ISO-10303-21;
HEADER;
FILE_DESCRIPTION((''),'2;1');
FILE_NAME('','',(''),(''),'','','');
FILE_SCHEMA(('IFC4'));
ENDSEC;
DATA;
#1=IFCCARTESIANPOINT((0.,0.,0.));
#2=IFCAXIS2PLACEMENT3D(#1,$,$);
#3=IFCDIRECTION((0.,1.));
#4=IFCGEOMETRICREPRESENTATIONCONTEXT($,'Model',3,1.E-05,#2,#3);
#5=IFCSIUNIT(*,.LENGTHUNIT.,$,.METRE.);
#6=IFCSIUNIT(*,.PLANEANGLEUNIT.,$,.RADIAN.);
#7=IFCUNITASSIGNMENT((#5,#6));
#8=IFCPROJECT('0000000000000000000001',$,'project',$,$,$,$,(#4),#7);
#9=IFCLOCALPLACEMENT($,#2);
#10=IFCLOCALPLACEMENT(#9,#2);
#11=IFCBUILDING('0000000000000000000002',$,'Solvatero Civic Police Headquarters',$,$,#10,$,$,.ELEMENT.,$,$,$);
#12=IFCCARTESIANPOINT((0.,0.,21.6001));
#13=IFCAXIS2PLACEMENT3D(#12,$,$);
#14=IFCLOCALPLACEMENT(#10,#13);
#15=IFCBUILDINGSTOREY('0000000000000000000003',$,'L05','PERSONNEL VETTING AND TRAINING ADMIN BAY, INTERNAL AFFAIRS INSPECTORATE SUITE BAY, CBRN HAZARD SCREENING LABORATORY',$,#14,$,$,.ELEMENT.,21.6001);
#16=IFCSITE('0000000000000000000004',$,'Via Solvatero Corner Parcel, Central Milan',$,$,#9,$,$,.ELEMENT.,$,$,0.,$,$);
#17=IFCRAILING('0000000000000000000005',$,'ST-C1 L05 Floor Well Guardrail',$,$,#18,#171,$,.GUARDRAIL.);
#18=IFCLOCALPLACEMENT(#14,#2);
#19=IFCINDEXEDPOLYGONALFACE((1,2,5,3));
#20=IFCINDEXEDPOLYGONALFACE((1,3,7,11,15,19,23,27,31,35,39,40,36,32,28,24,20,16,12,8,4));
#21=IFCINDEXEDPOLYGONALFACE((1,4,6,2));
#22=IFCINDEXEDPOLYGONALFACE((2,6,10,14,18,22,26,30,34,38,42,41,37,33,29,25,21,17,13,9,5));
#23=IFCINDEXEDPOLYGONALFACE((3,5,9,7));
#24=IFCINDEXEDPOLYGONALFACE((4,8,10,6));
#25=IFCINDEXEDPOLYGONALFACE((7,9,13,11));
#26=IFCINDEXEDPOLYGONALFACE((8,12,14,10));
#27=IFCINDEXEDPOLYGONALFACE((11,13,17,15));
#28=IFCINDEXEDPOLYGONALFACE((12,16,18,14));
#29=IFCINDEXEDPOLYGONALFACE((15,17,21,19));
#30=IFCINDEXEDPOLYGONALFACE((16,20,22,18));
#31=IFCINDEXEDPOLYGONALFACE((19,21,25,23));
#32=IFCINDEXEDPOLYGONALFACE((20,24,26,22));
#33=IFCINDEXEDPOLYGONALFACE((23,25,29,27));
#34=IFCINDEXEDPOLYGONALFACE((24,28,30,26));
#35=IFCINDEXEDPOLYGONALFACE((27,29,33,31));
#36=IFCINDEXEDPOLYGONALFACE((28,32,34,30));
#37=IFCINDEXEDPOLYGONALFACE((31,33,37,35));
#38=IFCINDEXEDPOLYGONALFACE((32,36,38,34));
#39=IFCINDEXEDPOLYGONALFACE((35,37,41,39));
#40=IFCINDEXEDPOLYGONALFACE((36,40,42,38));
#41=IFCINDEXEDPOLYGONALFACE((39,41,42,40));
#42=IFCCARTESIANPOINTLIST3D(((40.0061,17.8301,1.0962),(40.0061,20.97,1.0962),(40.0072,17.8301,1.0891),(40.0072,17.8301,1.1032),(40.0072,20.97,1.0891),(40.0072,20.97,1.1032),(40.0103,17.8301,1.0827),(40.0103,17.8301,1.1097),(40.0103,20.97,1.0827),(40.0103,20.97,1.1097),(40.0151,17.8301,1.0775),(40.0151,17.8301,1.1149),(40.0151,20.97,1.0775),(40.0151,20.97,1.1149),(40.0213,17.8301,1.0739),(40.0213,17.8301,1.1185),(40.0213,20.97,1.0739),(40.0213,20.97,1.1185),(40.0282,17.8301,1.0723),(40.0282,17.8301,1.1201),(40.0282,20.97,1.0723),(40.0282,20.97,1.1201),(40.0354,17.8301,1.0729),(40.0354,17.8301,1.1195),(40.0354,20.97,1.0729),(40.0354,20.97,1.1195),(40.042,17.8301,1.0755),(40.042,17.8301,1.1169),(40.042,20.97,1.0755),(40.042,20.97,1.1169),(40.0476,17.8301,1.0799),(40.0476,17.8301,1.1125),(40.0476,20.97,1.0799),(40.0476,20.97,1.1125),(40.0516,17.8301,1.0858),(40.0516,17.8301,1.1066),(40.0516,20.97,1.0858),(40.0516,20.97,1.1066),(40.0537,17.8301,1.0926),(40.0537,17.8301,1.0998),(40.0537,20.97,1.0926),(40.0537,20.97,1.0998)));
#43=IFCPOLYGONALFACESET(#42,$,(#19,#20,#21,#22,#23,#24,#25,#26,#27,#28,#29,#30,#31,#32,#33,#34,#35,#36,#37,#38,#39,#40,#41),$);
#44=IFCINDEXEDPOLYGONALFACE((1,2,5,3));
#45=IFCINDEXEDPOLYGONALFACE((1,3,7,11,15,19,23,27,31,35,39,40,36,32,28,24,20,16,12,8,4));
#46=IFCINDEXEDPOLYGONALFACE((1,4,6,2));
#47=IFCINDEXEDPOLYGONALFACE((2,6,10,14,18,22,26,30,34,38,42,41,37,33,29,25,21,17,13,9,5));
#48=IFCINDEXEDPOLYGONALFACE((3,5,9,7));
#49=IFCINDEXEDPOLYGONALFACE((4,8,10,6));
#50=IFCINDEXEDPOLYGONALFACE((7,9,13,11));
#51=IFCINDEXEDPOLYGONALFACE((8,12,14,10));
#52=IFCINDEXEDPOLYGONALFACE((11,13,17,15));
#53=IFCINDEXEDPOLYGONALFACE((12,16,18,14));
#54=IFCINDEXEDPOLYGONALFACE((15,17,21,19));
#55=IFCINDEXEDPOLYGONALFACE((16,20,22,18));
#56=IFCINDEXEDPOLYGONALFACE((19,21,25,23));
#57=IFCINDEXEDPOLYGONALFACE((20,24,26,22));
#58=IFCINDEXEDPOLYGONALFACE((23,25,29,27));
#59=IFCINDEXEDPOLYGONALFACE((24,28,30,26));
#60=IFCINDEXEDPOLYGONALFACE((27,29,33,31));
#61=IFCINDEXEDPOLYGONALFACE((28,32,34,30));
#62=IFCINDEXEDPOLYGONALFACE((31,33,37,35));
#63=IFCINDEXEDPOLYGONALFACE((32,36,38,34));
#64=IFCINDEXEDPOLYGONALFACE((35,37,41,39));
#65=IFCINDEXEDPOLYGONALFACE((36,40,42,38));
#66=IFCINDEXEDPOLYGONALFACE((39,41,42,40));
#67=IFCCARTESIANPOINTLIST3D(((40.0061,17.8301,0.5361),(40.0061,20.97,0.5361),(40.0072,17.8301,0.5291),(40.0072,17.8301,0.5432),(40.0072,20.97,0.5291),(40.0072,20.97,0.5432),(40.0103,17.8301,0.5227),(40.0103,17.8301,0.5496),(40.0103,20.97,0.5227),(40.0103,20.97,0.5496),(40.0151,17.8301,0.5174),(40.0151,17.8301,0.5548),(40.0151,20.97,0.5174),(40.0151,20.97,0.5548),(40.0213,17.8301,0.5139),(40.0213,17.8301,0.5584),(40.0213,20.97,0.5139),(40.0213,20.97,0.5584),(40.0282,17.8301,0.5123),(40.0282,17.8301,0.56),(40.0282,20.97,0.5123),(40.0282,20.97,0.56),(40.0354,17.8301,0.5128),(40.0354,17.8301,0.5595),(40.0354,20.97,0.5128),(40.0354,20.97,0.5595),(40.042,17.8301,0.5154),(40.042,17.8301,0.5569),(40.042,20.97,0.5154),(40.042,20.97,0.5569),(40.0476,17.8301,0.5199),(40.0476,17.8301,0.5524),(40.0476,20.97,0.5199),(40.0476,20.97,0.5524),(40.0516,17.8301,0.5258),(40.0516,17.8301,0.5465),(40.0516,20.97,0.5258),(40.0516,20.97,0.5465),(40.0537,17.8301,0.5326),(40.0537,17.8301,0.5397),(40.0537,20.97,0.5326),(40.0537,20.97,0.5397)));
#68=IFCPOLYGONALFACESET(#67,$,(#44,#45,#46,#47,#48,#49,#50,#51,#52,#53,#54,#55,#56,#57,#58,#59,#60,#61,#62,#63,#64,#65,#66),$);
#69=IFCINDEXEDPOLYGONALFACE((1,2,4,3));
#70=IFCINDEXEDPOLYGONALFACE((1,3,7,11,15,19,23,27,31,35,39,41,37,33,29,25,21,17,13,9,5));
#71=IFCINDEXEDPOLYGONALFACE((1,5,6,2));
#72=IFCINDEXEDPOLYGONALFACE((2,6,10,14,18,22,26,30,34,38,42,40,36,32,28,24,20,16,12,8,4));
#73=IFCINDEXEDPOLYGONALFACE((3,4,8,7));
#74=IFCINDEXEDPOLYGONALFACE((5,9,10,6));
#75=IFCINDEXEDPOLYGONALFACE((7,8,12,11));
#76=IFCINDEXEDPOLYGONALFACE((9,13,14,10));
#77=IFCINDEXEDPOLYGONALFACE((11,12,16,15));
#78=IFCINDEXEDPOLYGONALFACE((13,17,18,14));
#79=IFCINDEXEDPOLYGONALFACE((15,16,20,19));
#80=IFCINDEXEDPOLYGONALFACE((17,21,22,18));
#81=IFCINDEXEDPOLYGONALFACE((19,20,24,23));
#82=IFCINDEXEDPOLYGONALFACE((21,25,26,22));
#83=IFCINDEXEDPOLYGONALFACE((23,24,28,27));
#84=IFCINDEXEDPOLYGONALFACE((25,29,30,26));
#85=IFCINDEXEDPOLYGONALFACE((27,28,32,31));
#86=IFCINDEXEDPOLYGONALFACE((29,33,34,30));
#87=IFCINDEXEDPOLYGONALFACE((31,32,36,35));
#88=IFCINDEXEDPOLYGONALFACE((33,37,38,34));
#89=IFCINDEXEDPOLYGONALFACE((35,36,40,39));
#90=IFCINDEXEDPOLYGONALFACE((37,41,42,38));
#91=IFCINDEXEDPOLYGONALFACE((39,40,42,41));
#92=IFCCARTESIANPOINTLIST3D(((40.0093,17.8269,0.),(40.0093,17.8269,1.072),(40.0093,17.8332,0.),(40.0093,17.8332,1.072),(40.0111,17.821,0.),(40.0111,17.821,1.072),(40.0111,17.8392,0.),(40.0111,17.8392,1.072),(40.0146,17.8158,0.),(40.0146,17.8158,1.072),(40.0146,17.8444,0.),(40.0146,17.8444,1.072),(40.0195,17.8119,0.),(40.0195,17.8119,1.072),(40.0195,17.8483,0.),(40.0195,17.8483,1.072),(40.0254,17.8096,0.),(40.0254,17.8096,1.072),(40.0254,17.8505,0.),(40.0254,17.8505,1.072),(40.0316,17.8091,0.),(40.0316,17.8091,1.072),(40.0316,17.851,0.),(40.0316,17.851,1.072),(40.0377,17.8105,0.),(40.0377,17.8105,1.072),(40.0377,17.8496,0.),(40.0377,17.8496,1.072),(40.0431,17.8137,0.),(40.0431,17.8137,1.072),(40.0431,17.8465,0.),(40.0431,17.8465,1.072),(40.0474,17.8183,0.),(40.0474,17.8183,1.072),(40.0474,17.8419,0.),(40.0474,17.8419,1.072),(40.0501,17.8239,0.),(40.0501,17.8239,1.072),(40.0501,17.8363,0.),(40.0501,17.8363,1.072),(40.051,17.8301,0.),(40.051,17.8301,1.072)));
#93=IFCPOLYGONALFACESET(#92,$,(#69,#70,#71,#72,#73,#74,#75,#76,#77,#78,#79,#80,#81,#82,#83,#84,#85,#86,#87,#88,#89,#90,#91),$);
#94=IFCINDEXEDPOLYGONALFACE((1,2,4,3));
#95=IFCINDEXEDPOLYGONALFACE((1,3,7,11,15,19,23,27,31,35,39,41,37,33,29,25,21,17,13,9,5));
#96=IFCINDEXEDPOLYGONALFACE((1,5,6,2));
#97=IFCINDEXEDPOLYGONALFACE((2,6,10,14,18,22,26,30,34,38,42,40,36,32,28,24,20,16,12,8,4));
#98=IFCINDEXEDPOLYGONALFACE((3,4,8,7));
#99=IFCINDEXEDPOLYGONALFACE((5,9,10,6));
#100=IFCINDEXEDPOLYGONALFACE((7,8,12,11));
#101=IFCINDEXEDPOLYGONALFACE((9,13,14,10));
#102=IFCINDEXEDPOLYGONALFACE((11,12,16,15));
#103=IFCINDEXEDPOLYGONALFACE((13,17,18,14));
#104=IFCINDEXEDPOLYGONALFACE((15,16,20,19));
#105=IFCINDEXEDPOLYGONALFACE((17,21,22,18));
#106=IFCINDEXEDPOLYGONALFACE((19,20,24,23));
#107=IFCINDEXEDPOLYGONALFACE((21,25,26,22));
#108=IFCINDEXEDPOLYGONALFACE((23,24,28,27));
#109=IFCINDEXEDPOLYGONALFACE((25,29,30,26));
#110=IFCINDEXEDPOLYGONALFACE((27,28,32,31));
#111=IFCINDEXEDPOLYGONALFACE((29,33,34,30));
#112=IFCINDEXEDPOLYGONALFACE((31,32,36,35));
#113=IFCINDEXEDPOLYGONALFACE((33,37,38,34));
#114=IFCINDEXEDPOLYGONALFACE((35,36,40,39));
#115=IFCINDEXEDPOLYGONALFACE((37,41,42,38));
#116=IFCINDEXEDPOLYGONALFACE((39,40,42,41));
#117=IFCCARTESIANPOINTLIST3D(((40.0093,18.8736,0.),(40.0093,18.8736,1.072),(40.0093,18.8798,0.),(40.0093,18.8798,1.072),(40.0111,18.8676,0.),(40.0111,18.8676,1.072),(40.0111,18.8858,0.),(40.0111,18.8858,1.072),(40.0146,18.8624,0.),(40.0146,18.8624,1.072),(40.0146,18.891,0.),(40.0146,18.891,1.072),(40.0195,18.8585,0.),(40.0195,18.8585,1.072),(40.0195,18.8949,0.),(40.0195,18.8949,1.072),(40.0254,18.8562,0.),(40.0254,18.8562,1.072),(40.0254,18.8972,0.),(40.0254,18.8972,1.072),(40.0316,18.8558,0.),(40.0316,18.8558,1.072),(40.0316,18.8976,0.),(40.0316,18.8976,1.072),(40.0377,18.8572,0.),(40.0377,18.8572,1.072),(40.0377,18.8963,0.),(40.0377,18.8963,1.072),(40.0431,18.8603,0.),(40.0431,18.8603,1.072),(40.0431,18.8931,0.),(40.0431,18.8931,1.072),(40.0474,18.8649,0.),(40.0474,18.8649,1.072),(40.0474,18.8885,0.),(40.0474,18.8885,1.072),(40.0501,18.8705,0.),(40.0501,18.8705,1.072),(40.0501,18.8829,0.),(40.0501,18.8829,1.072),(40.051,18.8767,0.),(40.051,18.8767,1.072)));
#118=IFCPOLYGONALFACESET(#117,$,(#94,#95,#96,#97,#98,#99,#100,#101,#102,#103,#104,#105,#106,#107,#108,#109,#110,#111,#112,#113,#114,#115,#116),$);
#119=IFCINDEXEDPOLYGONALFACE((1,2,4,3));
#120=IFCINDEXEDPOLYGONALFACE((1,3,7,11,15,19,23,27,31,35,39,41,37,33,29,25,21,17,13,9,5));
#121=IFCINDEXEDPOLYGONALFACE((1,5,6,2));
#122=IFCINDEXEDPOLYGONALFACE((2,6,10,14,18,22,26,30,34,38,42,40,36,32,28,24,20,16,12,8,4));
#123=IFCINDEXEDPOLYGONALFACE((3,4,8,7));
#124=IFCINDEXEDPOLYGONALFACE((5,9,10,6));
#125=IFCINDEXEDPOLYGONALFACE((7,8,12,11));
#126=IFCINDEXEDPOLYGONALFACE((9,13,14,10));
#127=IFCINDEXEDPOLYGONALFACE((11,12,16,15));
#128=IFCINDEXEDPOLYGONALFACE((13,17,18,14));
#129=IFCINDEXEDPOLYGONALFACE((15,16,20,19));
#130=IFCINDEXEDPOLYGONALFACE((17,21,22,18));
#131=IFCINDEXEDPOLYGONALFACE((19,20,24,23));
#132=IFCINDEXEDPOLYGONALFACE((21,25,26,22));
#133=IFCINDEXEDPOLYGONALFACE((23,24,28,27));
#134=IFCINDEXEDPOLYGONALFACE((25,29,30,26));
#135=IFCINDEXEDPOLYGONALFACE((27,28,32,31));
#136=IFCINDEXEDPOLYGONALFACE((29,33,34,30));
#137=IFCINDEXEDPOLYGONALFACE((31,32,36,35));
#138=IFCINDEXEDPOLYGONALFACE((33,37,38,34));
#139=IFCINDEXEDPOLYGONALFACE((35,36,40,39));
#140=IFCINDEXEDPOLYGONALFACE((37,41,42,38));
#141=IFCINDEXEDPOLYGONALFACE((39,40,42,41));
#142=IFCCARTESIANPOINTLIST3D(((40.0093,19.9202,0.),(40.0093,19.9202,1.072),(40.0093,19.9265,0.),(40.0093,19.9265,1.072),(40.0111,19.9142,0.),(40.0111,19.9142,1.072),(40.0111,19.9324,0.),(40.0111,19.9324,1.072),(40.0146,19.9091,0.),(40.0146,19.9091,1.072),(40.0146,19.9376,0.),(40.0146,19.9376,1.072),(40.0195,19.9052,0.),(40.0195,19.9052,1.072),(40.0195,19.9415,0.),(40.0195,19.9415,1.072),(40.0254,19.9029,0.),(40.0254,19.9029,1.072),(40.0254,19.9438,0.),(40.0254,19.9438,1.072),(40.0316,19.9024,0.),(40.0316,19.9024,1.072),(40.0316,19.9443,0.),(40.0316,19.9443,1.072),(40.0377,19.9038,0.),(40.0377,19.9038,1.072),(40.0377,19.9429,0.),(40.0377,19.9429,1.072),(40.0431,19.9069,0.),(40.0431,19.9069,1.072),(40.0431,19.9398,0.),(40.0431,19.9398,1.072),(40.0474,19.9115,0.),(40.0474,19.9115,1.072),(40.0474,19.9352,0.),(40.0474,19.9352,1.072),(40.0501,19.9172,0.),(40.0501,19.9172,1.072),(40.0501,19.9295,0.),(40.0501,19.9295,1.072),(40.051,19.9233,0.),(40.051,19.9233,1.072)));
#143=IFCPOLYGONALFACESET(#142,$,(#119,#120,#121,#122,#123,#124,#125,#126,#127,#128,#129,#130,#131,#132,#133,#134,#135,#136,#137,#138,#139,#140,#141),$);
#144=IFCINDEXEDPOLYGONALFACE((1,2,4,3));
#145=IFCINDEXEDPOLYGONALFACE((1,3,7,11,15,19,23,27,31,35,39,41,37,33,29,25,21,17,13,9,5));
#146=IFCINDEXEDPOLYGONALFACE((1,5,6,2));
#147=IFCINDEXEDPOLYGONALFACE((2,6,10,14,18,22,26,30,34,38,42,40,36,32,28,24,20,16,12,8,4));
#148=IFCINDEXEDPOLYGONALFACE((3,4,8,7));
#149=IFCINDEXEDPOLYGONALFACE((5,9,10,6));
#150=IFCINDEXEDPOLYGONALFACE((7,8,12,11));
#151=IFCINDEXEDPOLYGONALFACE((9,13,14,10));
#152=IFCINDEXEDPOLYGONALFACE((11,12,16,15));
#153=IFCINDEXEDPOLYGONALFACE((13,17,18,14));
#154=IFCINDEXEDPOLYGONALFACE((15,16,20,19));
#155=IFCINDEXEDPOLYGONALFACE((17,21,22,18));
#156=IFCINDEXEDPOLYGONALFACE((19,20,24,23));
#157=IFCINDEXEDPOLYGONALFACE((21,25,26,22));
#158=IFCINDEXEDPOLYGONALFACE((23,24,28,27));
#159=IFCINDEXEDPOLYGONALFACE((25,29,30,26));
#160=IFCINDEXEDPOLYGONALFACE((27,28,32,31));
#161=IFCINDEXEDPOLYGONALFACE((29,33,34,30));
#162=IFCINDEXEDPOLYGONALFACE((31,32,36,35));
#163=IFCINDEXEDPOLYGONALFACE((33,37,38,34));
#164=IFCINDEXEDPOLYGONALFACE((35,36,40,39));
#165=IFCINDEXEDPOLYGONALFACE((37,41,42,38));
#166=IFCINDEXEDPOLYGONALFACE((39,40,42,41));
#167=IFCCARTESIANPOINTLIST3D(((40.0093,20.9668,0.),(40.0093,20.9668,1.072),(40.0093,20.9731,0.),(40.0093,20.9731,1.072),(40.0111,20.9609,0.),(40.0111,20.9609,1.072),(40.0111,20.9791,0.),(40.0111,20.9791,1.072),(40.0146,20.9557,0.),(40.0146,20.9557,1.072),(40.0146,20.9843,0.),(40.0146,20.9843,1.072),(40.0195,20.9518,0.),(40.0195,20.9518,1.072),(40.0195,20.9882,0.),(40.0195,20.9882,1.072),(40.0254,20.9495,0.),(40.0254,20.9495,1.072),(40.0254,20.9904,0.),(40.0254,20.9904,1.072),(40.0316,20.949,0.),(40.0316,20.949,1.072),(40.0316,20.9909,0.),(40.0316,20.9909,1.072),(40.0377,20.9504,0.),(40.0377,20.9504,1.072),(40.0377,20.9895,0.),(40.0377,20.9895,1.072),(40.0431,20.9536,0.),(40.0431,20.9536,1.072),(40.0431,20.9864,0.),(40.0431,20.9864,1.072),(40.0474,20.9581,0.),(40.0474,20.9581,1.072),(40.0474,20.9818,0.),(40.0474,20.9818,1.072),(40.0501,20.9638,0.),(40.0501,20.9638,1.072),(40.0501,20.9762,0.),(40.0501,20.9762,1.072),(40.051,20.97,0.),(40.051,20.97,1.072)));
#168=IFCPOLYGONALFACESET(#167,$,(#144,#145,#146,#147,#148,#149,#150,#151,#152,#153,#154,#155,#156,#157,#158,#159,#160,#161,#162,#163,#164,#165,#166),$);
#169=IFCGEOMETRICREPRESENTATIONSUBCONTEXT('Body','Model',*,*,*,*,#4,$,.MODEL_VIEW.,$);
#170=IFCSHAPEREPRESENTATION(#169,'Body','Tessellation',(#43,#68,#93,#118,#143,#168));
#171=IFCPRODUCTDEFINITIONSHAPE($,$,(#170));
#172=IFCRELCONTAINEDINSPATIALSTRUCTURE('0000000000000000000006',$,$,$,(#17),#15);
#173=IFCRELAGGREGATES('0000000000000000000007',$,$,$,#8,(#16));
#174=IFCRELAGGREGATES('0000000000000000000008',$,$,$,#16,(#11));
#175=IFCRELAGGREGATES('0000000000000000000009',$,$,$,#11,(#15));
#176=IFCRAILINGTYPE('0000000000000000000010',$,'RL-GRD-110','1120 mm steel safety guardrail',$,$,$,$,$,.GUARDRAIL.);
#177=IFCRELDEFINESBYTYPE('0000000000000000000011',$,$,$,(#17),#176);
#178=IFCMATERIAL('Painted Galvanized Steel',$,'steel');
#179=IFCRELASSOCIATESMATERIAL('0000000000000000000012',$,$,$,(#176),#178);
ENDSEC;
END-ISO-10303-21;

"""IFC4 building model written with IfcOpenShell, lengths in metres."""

from ifc_helpers import new_model, si_unit, direction, frame, origin, origin_2d, place, context, subcontext, project, spatial, circle, extrude, material, type_object, element, save


model = new_model("IFC4")

# Units and contexts
model_context = context("Model", 3, precision=1e-05, world=origin(), true_north=direction((0.0, 1.0)))
body_context = subcontext(model_context, "Body", "Model", "MODEL_VIEW")
ifc_project = project(units=[si_unit("LENGTHUNIT", "METRE"), si_unit("PLANEANGLEUNIT", "RADIAN")], contexts=[model_context])

# Site, building, storey
site_placement = place(None, origin())
site = spatial("IfcSite", under=ifc_project, at=site_placement, Name="Via Solvatero Corner Parcel, Central Milan", CompositionType="ELEMENT", RefElevation=0.0)
building_placement = place(site_placement, origin())
building = spatial("IfcBuilding", under=site, at=building_placement, Name="Solvatero Civic Police Headquarters", CompositionType="ELEMENT")
storey_placement = place(building_placement, frame((0.0, 0.0, 21.6001)))
storey = spatial("IfcBuildingStorey", under=building, at=storey_placement, Name="L05", Description="PERSONNEL VETTING AND TRAINING ADMIN BAY, INTERNAL AFFAIRS INSPECTORATE SUITE BAY, CBRN HAZARD SCREENING LABORATORY", CompositionType="ELEMENT", Elevation=21.6001)

# Railing
ifc_material_1 = material(Name="Painted Galvanized Steel", Category="steel")
railing_type_1 = type_object("IfcRailingType", Name="RL-GRD-110", Description="1120 mm steel safety guardrail", PredefinedType="GUARDRAIL", material=ifc_material_1)
railing_1_placement = place(storey_placement, frame((40.03, 17.8301, 0.0)))
element("IfcRailing", 1, at=railing_1_placement, inside=storey, type_object=railing_type_1, Name="ST-C1 L05 Floor Well Guardrail", PredefinedType="GUARDRAIL", context=body_context, shape_type="SweptSolid", body=[
    extrude(circle(Radius=0.0239, at=origin_2d()), frame((0.0, 0.0, 1.0962), z_axis=(0.0, 1.0, 0.0), x_axis=(-1.0, 0.0, 0.0)), (0.0, 0.0, 1.0), 3.1399),
    extrude(circle(Radius=0.0239, at=origin_2d()), frame((0.0, 0.0, 0.5361), z_axis=(0.0, 1.0, 0.0), x_axis=(-1.0, 0.0, 0.0)), (0.0, 0.0, 1.0), 3.1399),
    extrude(circle(Radius=0.021, at=origin_2d()), origin(), (0.0, 0.0, 1.0), 1.072),
    extrude(circle(Radius=0.021, at=origin_2d()), frame((0.0, 1.0466, 0.0)), (0.0, 0.0, 1.0), 1.072),
    extrude(circle(Radius=0.021, at=origin_2d()), frame((0.0, 2.0933, 0.0)), (0.0, 0.0, 1.0), 1.072),
    extrude(circle(Radius=0.021, at=origin_2d()), frame((0.0, 3.1399, 0.0)), (0.0, 0.0, 1.0), 1.072),
])

save(model, "model.ifc")
